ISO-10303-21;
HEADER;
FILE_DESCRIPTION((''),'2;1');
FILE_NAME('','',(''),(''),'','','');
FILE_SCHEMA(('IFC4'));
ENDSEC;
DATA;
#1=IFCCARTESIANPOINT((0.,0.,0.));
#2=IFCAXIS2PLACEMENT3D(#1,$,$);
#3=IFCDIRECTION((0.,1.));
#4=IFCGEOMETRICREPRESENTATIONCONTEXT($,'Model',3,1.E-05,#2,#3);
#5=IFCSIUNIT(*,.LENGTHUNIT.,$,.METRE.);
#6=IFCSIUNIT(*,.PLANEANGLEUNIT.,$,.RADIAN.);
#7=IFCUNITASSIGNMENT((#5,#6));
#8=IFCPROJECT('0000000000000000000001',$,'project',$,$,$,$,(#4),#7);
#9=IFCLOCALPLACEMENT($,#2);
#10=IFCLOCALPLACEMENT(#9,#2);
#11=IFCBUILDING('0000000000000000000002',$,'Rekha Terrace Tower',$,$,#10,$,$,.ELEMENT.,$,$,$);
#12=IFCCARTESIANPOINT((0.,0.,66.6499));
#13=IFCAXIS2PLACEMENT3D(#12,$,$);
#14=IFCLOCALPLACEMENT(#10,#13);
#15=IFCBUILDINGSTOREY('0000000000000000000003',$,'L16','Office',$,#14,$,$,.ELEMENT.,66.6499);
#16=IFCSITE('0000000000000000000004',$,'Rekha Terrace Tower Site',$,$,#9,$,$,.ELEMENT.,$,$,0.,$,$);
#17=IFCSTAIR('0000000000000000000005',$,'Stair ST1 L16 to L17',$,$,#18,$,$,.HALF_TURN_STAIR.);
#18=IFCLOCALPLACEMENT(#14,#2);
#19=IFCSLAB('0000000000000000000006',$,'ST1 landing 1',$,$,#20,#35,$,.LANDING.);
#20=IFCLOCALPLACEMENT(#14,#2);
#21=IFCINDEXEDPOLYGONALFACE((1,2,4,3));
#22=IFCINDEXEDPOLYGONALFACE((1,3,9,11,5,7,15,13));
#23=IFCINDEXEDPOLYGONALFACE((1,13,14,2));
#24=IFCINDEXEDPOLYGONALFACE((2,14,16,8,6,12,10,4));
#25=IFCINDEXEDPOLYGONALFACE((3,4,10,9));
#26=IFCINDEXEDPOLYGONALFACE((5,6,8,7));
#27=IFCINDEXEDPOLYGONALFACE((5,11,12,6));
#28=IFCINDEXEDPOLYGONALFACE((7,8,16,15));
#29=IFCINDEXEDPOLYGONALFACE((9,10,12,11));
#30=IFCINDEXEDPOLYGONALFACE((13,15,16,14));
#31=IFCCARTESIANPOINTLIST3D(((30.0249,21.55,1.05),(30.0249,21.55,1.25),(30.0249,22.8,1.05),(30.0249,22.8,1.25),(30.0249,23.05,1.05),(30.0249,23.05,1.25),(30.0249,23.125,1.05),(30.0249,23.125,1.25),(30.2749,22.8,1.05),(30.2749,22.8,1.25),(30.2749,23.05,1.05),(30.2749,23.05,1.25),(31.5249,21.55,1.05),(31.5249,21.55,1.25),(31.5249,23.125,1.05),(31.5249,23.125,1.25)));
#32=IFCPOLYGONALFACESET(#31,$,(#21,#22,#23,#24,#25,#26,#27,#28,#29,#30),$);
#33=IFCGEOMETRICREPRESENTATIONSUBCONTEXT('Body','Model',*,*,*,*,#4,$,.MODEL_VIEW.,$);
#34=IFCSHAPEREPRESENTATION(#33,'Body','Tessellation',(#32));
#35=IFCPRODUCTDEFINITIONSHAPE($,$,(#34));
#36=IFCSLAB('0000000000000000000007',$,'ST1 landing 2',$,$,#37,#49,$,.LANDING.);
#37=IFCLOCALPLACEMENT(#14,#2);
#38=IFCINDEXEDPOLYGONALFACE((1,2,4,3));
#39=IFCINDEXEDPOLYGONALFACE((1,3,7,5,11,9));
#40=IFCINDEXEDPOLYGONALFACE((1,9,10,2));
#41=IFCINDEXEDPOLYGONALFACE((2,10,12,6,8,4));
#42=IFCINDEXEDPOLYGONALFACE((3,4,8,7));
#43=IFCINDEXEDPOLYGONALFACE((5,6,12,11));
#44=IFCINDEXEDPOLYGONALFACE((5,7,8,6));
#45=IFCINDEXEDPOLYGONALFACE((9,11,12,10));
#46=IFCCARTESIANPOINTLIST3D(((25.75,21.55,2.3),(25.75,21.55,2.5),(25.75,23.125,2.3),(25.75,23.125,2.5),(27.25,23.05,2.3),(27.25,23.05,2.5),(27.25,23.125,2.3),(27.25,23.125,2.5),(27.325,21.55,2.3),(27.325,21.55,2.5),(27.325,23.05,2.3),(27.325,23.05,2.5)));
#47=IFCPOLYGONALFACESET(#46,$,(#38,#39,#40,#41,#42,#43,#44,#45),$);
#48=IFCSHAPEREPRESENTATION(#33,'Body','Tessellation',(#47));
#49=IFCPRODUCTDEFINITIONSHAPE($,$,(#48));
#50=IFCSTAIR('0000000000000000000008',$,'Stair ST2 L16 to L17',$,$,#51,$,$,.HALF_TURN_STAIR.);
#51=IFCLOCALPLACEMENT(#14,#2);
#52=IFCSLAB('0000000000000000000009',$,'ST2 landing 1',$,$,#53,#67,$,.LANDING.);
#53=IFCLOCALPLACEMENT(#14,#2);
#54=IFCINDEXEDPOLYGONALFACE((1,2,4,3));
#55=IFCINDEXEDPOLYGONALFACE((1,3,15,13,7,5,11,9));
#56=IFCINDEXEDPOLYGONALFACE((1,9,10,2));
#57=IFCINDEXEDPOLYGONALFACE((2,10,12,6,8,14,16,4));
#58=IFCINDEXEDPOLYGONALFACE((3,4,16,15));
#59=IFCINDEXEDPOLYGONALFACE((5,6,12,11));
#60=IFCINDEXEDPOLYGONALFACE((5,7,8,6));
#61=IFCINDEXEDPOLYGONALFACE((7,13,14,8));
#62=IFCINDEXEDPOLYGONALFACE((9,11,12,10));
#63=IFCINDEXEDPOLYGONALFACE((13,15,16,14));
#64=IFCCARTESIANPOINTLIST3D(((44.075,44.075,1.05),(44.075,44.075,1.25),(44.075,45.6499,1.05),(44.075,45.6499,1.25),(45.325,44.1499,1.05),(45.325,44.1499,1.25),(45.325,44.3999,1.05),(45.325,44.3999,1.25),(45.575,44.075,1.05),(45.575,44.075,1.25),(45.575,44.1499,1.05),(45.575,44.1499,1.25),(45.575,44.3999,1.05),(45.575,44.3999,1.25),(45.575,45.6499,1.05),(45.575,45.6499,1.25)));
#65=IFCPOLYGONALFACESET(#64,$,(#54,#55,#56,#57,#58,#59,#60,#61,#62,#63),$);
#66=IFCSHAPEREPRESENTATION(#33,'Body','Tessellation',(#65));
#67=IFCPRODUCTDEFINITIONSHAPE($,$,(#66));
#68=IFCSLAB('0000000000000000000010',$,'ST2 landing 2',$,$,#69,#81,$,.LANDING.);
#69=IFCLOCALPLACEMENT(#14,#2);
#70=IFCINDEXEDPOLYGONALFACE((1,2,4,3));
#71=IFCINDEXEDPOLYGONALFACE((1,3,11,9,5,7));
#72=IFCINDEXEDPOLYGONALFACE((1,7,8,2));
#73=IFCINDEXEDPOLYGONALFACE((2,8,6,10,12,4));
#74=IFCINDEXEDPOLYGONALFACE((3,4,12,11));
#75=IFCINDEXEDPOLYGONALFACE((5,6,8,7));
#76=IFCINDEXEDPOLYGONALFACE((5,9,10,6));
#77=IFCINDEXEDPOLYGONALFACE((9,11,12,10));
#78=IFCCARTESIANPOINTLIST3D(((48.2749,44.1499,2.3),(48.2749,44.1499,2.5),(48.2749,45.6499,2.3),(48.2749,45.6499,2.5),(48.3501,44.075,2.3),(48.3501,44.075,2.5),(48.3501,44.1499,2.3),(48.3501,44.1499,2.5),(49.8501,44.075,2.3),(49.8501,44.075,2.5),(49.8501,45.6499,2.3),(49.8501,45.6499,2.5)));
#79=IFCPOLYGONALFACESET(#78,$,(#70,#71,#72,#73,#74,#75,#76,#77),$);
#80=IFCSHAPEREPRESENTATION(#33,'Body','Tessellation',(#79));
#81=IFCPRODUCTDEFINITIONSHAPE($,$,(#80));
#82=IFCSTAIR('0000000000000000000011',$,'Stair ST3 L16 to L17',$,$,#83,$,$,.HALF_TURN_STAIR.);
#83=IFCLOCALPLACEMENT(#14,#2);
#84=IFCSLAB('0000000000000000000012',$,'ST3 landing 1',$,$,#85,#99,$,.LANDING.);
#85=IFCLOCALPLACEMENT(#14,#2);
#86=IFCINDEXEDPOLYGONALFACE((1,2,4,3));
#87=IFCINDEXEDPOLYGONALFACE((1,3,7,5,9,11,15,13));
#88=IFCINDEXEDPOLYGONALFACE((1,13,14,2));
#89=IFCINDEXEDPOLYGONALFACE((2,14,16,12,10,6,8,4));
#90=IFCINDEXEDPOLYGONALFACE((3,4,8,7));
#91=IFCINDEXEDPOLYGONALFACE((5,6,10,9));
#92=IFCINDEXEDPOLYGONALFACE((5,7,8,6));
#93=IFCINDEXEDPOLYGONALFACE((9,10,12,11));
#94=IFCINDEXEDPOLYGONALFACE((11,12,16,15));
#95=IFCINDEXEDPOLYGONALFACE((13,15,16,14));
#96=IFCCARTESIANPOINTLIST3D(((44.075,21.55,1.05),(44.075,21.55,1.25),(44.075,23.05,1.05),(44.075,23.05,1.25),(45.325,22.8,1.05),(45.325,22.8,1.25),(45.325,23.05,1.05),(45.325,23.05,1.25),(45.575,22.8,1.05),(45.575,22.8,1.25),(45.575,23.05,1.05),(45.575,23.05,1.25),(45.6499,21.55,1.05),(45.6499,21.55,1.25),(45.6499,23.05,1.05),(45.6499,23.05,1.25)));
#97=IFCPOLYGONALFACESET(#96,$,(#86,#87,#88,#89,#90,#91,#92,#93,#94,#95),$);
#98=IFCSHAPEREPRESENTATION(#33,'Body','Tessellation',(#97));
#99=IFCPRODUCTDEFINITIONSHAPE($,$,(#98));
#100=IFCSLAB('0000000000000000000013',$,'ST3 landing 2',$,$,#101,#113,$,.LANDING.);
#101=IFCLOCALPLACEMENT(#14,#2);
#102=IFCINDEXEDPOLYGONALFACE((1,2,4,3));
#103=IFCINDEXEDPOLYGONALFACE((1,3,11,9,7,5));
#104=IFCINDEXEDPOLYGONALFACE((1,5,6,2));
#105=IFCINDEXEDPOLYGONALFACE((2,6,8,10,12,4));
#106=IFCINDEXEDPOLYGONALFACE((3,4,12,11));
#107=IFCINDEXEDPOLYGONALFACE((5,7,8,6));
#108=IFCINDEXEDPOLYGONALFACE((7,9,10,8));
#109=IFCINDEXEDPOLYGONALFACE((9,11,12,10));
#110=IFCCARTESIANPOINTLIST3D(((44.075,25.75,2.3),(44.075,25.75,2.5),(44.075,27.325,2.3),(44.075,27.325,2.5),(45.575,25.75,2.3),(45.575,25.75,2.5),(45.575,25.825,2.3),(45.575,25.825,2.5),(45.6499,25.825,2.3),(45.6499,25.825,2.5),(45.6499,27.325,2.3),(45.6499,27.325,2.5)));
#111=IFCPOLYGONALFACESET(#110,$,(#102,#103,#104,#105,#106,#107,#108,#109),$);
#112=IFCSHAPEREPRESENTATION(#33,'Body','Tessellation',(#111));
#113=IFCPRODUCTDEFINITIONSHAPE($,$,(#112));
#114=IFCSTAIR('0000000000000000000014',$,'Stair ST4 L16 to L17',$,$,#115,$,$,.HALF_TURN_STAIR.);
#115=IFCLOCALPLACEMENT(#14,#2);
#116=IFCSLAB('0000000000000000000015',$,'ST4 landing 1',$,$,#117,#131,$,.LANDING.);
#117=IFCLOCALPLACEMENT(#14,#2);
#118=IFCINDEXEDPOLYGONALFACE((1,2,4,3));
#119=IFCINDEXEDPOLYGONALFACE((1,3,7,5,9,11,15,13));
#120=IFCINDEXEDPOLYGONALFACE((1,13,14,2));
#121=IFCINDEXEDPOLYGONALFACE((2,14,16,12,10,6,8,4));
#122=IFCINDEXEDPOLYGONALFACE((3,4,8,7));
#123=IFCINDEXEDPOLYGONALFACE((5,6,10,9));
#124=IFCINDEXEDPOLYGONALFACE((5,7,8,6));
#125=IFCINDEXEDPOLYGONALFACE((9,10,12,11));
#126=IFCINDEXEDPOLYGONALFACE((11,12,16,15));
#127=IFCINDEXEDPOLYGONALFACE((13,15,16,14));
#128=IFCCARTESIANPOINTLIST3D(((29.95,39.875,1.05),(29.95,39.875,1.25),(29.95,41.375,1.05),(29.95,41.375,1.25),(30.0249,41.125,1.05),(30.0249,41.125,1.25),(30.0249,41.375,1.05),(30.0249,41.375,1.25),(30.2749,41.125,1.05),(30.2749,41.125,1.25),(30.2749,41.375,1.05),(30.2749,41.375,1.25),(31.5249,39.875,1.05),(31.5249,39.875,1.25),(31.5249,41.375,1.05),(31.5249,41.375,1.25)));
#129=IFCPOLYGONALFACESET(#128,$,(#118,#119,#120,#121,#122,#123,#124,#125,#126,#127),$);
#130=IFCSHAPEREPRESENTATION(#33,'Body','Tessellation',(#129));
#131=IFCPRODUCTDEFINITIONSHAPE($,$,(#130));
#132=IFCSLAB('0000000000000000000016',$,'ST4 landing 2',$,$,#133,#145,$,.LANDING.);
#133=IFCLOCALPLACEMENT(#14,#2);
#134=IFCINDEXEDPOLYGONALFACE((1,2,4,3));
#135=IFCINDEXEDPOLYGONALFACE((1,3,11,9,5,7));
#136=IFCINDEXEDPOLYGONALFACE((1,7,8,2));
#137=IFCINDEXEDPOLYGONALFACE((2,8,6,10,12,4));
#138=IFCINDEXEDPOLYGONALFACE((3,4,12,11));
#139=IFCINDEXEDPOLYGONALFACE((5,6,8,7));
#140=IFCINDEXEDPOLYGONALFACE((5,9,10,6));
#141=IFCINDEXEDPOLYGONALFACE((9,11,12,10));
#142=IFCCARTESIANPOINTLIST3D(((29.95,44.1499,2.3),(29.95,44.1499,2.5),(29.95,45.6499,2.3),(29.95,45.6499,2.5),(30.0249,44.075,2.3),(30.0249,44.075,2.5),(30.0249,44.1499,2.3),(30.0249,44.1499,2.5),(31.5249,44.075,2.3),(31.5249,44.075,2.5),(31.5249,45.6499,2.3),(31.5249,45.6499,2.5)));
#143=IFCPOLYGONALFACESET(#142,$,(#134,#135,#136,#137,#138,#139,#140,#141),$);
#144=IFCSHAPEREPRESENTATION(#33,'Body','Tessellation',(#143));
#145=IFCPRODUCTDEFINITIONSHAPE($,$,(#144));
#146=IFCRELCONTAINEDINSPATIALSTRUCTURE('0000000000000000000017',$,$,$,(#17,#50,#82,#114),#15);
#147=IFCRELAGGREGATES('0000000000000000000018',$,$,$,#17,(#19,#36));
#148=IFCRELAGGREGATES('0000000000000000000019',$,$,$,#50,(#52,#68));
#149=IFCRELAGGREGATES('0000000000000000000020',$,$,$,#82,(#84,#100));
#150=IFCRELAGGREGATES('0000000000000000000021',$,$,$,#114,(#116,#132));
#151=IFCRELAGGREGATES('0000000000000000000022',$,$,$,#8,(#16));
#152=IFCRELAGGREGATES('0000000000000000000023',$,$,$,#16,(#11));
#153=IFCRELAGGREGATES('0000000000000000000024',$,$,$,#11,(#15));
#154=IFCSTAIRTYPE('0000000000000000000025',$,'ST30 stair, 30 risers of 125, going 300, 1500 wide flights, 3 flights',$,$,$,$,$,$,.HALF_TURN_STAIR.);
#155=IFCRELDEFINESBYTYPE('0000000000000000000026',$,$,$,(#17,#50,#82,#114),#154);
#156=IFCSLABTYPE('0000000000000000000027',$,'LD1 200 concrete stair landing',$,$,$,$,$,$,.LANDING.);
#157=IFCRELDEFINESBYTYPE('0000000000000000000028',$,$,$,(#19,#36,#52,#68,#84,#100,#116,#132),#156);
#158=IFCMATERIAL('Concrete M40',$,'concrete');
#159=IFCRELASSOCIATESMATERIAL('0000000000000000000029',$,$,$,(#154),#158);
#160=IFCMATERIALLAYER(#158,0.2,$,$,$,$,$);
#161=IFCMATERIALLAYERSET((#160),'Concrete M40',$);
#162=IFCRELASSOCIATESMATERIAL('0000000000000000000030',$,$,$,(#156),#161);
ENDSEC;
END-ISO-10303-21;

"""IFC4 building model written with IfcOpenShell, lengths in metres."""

from ifc_helpers import new_model, si_unit, direction, frame, origin, place, context, subcontext, project, spatial, polyline, outline, extrude, material, layer, layer_set, type_object, element, aggregate, save


model = new_model("IFC4")

# Units and contexts
model_context = context("Model", 3, precision=1e-05, world=origin(), true_north=direction((0.0, 1.0)))
body_context = subcontext(model_context, "Body", "Model", "MODEL_VIEW")
ifc_project = project(units=[si_unit("LENGTHUNIT", "METRE"), si_unit("PLANEANGLEUNIT", "RADIAN")], contexts=[model_context])

# Site, building, storey
site_placement = place(None, origin())
site = spatial("IfcSite", under=ifc_project, at=site_placement, Name="Rekha Terrace Tower Site", CompositionType="ELEMENT", RefElevation=0.0)
building_placement = place(site_placement, origin())
building = spatial("IfcBuilding", under=site, at=building_placement, Name="Rekha Terrace Tower", CompositionType="ELEMENT")
storey_placement = place(building_placement, frame((0.0, 0.0, 66.6499)))
storey = spatial("IfcBuildingStorey", under=building, at=storey_placement, Name="L16", Description="Office", CompositionType="ELEMENT", Elevation=66.6499)

# Stairs, slabs
ifc_material_1 = material(Name="Concrete M40", Category="concrete")
stair_type = type_object("IfcStairType", Name="ST30 stair, 30 risers of 125, going 300, 1500 wide flights, 3 flights", PredefinedType="HALF_TURN_STAIR", material=ifc_material_1)
stair_1_placement = place(storey_placement, origin())
stair_1 = element("IfcStair", 1, at=stair_1_placement, inside=storey, type_object=stair_type, Name="Stair ST1 L16 to L17", PredefinedType="HALF_TURN_STAIR")
ifc_layer_1 = layer(ifc_material_1, 0.2)
ifc_layer_set_1 = layer_set([ifc_layer_1], Name="Concrete M40")
slab_type_1 = type_object("IfcSlabType", Name="LD1 200 concrete stair landing", PredefinedType="LANDING", material=ifc_layer_set_1)
slab_1_placement = place(storey_placement, frame((0.0, 0.0, 1.05)))
slab_1 = element("IfcSlab", 2, at=slab_1_placement, type_object=slab_type_1, Name="ST1 landing 1", PredefinedType="LANDING", context=body_context, shape_type="SweptSolid", body=[
    extrude(outline(polyline([(30.0249, 21.55), (31.5249, 21.55), (31.5249, 23.125), (30.0249, 23.125), (30.0249, 23.05), (30.2749, 23.05), (30.2749, 22.8), (30.0249, 22.8), (30.0249, 21.55)])), origin(), (0.0, 0.0, 1.0), 0.2),
])
slab_2_placement = place(storey_placement, frame((0.0, 0.0, 2.3)))
slab_2 = element("IfcSlab", 3, at=slab_2_placement, type_object=slab_type_1, Name="ST1 landing 2", PredefinedType="LANDING", context=body_context, shape_type="SweptSolid", body=[
    extrude(outline(polyline([(27.25, 23.125), (25.75, 23.125), (25.75, 21.55), (27.325, 21.55), (27.325, 23.05), (27.25, 23.05), (27.25, 23.125)])), origin(), (0.0, 0.0, 1.0), 0.2),
])
aggregate(stair_1, [slab_1, slab_2])
stair_2_placement = place(storey_placement, origin())
stair_2 = element("IfcStair", 4, at=stair_2_placement, inside=storey, type_object=stair_type, Name="Stair ST2 L16 to L17", PredefinedType="HALF_TURN_STAIR")
slab_3_placement = place(storey_placement, frame((0.0, 0.0, 1.05)))
slab_3 = element("IfcSlab", 5, at=slab_3_placement, type_object=slab_type_1, Name="ST2 landing 1", PredefinedType="LANDING", context=body_context, shape_type="SweptSolid", body=[
    extrude(outline(polyline([(45.575, 45.6499), (44.075, 45.6499), (44.075, 44.075), (45.575, 44.075), (45.575, 44.1499), (45.325, 44.1499), (45.325, 44.3999), (45.575, 44.3999), (45.575, 45.6499)])), origin(), (0.0, 0.0, 1.0), 0.2),
])
slab_4_placement = place(storey_placement, frame((0.0, 0.0, 2.3)))
slab_4 = element("IfcSlab", 6, at=slab_4_placement, type_object=slab_type_1, Name="ST2 landing 2", PredefinedType="LANDING", context=body_context, shape_type="SweptSolid", body=[
    extrude(outline(polyline([(48.3501, 44.075), (49.8501, 44.075), (49.8501, 45.6499), (48.2749, 45.6499), (48.2749, 44.1499), (48.3501, 44.1499), (48.3501, 44.075)])), origin(), (0.0, 0.0, 1.0), 0.2),
])
aggregate(stair_2, [slab_3, slab_4])
stair_3_placement = place(storey_placement, origin())
stair_3 = element("IfcStair", 7, at=stair_3_placement, inside=storey, type_object=stair_type, Name="Stair ST3 L16 to L17", PredefinedType="HALF_TURN_STAIR")
slab_5_placement = place(storey_placement, frame((0.0, 0.0, 1.05)))
slab_5 = element("IfcSlab", 8, at=slab_5_placement, type_object=slab_type_1, Name="ST3 landing 1", PredefinedType="LANDING", context=body_context, shape_type="SweptSolid", body=[
    extrude(outline(polyline([(44.075, 23.05), (44.075, 21.55), (45.6499, 21.55), (45.6499, 23.05), (45.575, 23.05), (45.575, 22.8), (45.325, 22.8), (45.325, 23.05), (44.075, 23.05)])), origin(), (0.0, 0.0, 1.0), 0.2),
])
slab_6_placement = place(storey_placement, frame((0.0, 0.0, 2.3)))
slab_6 = element("IfcSlab", 9, at=slab_6_placement, type_object=slab_type_1, Name="ST3 landing 2", PredefinedType="LANDING", context=body_context, shape_type="SweptSolid", body=[
    extrude(outline(polyline([(45.6499, 25.825), (45.6499, 27.325), (44.075, 27.325), (44.075, 25.75), (45.575, 25.75), (45.575, 25.825), (45.6499, 25.825)])), origin(), (0.0, 0.0, 1.0), 0.2),
])
aggregate(stair_3, [slab_5, slab_6])
stair_4_placement = place(storey_placement, origin())
stair_4 = element("IfcStair", 10, at=stair_4_placement, inside=storey, type_object=stair_type, Name="Stair ST4 L16 to L17", PredefinedType="HALF_TURN_STAIR")
slab_7_placement = place(storey_placement, frame((0.0, 0.0, 1.05)))
slab_7 = element("IfcSlab", 11, at=slab_7_placement, type_object=slab_type_1, Name="ST4 landing 1", PredefinedType="LANDING", context=body_context, shape_type="SweptSolid", body=[
    extrude(outline(polyline([(31.5249, 41.375), (31.5249, 39.875), (29.95, 39.875), (29.95, 41.375), (30.0249, 41.375), (30.0249, 41.125), (30.2749, 41.125), (30.2749, 41.375), (31.5249, 41.375)])), origin(), (0.0, 0.0, 1.0), 0.2),
])
slab_8_placement = place(storey_placement, frame((0.0, 0.0, 2.3)))
slab_8 = element("IfcSlab", 12, at=slab_8_placement, type_object=slab_type_1, Name="ST4 landing 2", PredefinedType="LANDING", context=body_context, shape_type="SweptSolid", body=[
    extrude(outline(polyline([(29.95, 44.1499), (29.95, 45.6499), (31.5249, 45.6499), (31.5249, 44.075), (30.0249, 44.075), (30.0249, 44.1499), (29.95, 44.1499)])), origin(), (0.0, 0.0, 1.0), 0.2),
])
aggregate(stair_4, [slab_7, slab_8])

save(model, "model.ifc")
